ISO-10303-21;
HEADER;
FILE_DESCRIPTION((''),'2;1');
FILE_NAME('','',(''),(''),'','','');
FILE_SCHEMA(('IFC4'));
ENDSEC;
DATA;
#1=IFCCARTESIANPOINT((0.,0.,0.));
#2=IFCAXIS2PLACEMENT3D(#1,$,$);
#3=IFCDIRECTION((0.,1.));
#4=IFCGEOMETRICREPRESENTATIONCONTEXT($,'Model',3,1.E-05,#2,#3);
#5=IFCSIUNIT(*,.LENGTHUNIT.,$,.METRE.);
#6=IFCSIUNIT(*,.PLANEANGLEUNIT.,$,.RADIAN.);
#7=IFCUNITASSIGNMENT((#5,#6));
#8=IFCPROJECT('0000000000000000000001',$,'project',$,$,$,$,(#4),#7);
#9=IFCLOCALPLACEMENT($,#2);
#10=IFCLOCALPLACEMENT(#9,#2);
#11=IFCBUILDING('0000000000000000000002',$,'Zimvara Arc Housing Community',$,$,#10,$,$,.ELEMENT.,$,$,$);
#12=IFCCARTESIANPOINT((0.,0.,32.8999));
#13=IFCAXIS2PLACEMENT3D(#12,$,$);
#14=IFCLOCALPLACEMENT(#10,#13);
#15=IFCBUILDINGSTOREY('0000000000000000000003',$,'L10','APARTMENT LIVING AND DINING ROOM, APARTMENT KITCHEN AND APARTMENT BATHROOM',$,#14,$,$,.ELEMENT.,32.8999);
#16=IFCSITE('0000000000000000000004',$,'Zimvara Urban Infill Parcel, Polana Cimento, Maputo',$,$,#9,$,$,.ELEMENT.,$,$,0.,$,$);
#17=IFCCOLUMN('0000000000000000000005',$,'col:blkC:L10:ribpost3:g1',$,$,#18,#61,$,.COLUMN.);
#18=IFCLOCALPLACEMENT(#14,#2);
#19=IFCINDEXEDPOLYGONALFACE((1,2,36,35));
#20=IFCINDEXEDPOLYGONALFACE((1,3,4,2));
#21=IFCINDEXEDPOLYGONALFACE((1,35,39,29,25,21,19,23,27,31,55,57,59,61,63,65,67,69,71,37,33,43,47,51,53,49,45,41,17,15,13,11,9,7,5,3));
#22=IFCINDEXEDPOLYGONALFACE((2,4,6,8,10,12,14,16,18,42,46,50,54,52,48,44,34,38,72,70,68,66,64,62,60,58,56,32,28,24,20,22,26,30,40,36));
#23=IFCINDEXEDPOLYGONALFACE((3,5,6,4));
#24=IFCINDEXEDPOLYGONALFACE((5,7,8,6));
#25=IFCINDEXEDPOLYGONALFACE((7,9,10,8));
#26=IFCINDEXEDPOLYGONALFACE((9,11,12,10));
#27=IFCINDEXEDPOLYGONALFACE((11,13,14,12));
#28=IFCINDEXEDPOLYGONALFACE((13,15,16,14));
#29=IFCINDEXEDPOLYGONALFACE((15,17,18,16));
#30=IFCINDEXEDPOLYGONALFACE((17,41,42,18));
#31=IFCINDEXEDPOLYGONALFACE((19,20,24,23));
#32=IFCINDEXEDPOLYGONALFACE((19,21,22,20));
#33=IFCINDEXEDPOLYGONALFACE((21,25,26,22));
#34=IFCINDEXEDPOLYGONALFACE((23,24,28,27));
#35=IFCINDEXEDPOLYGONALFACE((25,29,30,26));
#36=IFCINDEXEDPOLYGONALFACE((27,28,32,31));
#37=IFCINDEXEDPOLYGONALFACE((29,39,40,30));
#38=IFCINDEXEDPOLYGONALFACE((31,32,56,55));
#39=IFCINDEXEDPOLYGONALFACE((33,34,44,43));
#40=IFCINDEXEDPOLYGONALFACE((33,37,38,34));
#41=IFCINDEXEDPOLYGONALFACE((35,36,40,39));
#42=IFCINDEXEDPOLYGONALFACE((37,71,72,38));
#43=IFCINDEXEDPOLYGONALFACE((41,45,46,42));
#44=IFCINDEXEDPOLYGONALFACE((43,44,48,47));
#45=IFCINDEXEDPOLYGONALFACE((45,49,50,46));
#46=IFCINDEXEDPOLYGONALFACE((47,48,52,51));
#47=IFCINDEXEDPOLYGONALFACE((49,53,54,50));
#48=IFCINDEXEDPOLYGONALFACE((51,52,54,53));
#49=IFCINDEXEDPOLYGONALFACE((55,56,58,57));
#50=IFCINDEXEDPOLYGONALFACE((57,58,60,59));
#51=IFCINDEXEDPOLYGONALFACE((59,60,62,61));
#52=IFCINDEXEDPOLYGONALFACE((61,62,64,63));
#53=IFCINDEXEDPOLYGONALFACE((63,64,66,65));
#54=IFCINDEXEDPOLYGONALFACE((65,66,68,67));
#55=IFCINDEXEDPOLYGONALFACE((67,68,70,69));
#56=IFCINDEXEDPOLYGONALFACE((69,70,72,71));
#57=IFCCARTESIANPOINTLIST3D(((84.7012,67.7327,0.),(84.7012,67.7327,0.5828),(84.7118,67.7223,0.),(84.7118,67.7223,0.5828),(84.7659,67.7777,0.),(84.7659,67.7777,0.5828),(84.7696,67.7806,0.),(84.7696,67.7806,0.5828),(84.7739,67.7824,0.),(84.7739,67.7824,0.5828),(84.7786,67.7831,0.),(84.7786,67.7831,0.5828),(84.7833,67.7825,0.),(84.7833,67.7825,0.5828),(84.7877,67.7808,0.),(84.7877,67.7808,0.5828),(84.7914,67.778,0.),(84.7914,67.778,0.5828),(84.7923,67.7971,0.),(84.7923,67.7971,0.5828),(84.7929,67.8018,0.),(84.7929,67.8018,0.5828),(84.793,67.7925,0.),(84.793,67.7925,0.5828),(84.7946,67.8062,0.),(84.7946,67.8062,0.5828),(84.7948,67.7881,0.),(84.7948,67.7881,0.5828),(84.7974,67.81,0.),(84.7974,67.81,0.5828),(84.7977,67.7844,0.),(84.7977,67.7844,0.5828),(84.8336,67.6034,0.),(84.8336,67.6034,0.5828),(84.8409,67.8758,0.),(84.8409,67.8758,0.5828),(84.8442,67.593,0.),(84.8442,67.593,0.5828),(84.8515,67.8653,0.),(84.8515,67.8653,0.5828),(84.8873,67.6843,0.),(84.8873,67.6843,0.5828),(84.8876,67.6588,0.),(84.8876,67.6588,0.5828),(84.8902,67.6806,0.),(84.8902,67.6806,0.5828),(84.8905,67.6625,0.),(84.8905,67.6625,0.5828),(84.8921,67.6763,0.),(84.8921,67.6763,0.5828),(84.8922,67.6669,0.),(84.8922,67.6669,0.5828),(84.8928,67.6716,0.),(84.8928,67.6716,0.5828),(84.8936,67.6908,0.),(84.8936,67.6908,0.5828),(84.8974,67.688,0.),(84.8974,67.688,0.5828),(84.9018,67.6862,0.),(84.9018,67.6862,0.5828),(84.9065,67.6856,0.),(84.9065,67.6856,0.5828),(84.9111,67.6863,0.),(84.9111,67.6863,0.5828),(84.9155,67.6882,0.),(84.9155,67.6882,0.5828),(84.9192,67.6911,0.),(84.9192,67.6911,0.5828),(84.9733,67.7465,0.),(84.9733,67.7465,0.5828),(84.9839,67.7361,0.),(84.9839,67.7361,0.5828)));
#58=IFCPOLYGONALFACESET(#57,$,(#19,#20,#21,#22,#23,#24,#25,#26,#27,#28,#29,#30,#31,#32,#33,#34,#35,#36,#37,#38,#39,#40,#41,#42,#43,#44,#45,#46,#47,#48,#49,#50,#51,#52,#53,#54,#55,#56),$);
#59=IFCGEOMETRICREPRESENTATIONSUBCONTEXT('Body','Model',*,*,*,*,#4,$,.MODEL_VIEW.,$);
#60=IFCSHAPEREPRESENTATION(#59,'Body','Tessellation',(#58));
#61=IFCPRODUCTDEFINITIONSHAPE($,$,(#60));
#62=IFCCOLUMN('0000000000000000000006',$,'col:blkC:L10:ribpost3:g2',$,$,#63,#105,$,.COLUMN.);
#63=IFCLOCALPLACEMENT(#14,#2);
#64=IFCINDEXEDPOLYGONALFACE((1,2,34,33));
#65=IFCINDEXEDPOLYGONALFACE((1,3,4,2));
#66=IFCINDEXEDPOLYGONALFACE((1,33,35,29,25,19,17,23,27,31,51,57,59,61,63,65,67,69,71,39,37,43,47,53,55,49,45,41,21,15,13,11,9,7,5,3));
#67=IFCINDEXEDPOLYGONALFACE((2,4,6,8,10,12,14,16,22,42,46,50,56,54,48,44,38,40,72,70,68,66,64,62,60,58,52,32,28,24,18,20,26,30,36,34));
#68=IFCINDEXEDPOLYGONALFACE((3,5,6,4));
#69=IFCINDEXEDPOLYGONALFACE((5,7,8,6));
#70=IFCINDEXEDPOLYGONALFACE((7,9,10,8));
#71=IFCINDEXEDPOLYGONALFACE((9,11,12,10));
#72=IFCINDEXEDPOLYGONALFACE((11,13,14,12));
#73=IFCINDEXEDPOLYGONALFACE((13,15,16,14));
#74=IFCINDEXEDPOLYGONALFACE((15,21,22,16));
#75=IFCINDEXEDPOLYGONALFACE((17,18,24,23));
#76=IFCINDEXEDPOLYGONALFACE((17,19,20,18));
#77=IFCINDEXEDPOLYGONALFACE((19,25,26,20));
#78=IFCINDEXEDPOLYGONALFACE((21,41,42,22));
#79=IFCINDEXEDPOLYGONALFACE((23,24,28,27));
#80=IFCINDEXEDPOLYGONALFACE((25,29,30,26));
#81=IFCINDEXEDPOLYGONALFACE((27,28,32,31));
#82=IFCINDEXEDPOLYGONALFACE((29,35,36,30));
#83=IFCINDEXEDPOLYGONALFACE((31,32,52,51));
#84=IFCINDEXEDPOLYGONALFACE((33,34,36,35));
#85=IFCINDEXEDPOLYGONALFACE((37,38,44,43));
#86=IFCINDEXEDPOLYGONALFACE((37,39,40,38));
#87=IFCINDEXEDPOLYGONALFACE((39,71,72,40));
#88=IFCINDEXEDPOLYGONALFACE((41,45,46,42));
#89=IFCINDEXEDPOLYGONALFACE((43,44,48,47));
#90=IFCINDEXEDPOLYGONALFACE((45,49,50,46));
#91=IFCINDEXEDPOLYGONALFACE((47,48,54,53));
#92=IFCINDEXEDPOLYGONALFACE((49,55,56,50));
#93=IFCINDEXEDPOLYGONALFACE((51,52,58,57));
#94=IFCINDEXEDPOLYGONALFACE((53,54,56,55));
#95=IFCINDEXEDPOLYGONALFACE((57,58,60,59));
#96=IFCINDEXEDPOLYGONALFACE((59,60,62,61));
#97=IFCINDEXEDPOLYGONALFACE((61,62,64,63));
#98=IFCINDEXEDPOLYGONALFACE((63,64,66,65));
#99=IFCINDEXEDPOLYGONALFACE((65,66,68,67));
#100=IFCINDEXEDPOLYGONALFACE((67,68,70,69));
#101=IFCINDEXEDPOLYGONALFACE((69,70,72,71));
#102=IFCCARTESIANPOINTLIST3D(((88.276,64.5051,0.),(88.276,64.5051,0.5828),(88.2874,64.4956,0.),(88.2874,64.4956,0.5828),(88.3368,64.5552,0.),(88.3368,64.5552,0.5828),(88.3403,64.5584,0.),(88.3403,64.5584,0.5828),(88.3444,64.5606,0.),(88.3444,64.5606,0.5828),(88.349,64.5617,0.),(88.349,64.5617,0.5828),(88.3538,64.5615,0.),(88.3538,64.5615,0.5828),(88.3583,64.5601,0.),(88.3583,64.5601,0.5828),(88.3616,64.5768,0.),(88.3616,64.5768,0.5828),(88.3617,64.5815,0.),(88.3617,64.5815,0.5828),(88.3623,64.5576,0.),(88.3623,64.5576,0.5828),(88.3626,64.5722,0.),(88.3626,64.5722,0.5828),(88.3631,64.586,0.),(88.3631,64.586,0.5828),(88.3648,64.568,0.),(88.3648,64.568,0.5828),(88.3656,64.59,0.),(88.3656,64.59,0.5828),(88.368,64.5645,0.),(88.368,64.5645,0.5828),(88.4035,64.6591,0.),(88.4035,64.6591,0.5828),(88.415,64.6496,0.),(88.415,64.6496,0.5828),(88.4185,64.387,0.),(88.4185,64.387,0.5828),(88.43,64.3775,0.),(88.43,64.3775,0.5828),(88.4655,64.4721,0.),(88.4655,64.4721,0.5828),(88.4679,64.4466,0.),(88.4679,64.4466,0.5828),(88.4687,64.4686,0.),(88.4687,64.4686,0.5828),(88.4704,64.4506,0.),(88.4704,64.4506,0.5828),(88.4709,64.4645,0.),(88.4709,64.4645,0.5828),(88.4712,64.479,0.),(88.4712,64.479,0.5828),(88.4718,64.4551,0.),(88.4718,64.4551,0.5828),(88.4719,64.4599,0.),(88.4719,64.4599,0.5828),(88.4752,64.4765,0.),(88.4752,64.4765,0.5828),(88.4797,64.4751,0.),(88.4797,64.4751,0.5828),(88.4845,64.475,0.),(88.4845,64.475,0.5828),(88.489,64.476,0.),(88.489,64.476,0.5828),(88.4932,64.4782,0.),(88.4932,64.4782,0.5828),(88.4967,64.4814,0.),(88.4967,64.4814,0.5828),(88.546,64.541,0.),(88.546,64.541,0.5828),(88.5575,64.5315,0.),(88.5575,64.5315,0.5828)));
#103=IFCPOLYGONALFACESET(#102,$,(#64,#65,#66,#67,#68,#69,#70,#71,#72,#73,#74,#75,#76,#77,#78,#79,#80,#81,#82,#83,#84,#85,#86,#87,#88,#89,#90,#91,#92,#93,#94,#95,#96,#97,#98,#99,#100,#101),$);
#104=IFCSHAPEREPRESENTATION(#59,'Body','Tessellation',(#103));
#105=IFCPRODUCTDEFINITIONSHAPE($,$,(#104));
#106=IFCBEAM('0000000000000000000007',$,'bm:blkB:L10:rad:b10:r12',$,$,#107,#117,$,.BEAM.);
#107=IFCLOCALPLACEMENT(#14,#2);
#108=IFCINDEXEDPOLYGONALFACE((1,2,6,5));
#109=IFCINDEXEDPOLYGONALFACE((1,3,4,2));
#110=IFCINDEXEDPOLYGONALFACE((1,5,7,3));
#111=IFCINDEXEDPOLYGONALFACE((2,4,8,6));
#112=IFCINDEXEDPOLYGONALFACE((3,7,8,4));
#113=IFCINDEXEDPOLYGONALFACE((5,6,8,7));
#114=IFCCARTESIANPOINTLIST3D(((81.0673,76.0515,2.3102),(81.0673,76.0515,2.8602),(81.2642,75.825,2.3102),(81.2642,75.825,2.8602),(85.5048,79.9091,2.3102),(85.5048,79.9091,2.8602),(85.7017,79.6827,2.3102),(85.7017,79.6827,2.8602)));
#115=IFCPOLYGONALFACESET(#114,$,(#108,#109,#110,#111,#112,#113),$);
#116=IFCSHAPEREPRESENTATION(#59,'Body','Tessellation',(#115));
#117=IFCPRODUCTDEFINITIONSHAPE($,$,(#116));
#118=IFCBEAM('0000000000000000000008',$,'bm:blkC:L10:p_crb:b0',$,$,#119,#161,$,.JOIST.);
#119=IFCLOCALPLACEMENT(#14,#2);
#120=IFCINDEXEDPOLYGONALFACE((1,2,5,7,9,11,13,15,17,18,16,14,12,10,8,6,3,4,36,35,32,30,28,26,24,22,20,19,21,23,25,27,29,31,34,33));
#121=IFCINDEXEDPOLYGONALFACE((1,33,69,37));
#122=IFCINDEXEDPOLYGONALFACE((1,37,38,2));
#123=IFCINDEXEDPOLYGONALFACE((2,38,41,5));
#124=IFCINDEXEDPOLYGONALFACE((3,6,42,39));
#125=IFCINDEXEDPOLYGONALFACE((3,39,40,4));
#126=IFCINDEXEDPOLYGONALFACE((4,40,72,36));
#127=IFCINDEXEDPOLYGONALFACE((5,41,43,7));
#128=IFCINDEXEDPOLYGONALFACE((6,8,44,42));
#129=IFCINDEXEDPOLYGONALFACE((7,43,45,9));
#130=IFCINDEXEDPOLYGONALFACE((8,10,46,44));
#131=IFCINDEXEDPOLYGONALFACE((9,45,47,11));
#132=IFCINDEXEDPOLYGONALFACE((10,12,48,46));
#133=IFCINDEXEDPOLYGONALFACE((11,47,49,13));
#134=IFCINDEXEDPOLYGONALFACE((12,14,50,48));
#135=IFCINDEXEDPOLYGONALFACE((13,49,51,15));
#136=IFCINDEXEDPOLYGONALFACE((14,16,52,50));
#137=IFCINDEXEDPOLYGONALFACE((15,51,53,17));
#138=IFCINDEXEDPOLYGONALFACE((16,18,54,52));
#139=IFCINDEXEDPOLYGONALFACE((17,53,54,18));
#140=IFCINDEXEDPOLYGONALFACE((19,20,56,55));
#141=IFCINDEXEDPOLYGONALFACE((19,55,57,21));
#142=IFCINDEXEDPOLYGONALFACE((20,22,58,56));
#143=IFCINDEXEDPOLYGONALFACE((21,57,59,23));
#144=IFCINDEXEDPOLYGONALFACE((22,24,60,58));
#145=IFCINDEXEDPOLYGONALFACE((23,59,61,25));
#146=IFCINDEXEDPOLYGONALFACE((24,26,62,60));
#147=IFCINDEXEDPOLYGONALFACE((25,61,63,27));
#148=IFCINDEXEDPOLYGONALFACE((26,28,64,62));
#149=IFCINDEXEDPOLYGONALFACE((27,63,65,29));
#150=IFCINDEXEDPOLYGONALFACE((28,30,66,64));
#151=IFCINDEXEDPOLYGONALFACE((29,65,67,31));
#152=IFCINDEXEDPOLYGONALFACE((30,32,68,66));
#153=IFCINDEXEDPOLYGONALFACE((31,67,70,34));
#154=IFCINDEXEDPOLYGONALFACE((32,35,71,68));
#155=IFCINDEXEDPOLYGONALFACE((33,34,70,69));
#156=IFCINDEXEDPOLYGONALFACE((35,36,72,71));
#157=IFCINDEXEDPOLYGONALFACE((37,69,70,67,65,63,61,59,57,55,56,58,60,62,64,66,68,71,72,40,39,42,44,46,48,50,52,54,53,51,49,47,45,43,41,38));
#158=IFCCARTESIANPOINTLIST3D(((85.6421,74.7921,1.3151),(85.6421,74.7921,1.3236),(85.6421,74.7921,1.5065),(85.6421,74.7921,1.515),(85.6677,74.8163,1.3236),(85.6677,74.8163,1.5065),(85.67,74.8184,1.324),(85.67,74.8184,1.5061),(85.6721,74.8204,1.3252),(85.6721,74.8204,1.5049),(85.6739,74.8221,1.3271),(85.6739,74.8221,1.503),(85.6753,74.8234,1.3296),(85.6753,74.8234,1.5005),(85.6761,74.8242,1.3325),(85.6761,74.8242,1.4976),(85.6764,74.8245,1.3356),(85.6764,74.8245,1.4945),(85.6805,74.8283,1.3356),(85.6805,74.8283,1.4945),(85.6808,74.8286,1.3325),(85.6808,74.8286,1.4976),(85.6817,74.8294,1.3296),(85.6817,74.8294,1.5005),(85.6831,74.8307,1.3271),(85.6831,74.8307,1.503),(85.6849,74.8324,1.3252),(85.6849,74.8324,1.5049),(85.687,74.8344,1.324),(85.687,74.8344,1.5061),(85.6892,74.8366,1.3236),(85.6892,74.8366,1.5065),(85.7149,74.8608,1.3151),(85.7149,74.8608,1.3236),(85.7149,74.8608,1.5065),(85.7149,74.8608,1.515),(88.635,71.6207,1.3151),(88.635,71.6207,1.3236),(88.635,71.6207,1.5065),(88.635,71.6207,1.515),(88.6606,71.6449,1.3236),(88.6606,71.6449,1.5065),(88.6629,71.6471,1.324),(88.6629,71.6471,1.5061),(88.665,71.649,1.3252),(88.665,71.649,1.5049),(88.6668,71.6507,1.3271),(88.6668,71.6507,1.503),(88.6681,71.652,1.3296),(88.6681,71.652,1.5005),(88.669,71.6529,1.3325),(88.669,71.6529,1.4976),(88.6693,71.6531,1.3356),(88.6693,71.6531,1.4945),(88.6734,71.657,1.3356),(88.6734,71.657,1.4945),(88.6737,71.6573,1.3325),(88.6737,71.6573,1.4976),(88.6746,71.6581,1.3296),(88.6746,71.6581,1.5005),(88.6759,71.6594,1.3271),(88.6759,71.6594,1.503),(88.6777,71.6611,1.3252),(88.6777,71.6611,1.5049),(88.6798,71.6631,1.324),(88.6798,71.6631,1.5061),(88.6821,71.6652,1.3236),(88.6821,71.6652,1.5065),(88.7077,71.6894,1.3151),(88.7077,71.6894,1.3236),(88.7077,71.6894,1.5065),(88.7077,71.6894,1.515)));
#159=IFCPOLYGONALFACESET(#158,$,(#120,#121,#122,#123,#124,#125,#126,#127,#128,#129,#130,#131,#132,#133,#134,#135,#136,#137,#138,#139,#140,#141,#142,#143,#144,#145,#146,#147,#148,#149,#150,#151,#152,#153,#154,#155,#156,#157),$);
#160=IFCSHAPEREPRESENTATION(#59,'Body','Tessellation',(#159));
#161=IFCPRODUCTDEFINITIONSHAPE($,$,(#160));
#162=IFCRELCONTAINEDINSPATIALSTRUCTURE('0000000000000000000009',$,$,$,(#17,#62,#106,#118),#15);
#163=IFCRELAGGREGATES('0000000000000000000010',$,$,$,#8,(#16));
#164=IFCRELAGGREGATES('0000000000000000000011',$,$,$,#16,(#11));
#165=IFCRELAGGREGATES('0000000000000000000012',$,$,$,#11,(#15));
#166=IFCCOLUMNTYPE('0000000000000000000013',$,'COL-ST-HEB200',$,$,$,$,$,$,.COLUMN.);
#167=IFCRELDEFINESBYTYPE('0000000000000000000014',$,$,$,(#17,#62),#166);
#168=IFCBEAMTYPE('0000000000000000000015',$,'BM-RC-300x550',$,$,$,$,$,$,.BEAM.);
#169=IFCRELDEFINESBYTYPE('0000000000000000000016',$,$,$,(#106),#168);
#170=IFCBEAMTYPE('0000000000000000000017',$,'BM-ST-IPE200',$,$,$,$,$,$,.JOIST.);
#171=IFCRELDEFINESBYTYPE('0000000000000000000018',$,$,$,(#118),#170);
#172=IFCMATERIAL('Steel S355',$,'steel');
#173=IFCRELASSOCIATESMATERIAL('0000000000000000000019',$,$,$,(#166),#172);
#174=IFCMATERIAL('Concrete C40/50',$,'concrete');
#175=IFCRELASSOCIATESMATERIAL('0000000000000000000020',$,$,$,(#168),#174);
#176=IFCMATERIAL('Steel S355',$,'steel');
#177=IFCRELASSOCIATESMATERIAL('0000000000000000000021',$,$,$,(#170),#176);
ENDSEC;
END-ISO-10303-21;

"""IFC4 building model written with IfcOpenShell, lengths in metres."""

from ifc_helpers import new_model, si_unit, direction, frame, origin, origin_2d, place, context, subcontext, project, spatial, rectangle, i_section, extrude, material, material_profile, profile_set, type_object, element, save


model = new_model("IFC4")

# Units and contexts
model_context = context("Model", 3, precision=1e-05, world=origin(), true_north=direction((0.0, 1.0)))
body_context = subcontext(model_context, "Body", "Model", "MODEL_VIEW")
ifc_project = project(units=[si_unit("LENGTHUNIT", "METRE"), si_unit("PLANEANGLEUNIT", "RADIAN")], contexts=[model_context])

# Site, building, storey
site_placement = place(None, origin())
site = spatial("IfcSite", under=ifc_project, at=site_placement, Name="Zimvara Urban Infill Parcel, Polana Cimento, Maputo", CompositionType="ELEMENT", RefElevation=0.0)
building_placement = place(site_placement, origin())
building = spatial("IfcBuilding", under=site, at=building_placement, Name="Zimvara Arc Housing Community", CompositionType="ELEMENT")
storey_placement = place(building_placement, frame((0.0, 0.0, 32.8999)))
storey = spatial("IfcBuildingStorey", under=building, at=storey_placement, Name="L10", Description="APARTMENT LIVING AND DINING ROOM, APARTMENT KITCHEN AND APARTMENT BATHROOM", CompositionType="ELEMENT", Elevation=32.8999)

# Columns
ifc_material_1 = material(Name="Steel S355", Category="steel")
ifc_material_profile_1 = material_profile(ifc_material_1, i_section(OverallWidth=0.2, OverallDepth=0.2, WebThickness=0.009, FlangeThickness=0.0149, FilletRadius=0.0181, at=origin_2d()), Name="HEB 200")
ifc_profile_set_1 = profile_set([ifc_material_profile_1], Name="Steel S355")
column_type_1 = type_object("IfcColumnType", Name="COL-ST-HEB200", PredefinedType="COLUMN", material=ifc_profile_set_1)
for number, where, z_axis, x_axis, name in (
    (1, (84.8425, 67.7344, 0.0), (0.0, 0.0, 1.0), (-0.698665, -0.715449, 0.0), "col:blkC:L10:ribpost3:g1"),
    (2, (88.4167, 64.5183, 0.0), (0.0, 0.0, 1.0), (-0.637962, -0.770068, 0.0), "col:blkC:L10:ribpost3:g2"),
):
    element("IfcColumn", number, at=place(storey_placement, frame(where, z_axis=z_axis, x_axis=x_axis)), inside=storey, type_object=column_type_1, Name=name, PredefinedType="COLUMN", context=body_context, shape_type="SweptSolid", body=[
        extrude(i_section(OverallWidth=0.2, OverallDepth=0.2, WebThickness=0.009, FlangeThickness=0.0149, FilletRadius=0.0181, at=origin_2d()), origin(), (0.0, 0.0, 1.0), 0.5828),
    ])

# Beams
ifc_material_2 = material(Name="Concrete C40/50", Category="concrete")
ifc_material_profile_2 = material_profile(ifc_material_2, rectangle(XDim=0.3, YDim=0.55, at=origin_2d()), Name="RC 300x550")
ifc_profile_set_2 = profile_set([ifc_material_profile_2], Name="Concrete C40/50")
beam_type_1 = type_object("IfcBeamType", Name="BM-RC-300x550", PredefinedType="BEAM", material=ifc_profile_set_2)
beam_1_placement = place(storey_placement, frame((81.1658, 75.9382, 2.5852), z_axis=(0.754692, 0.656079, 0.0), x_axis=(-0.656079, 0.754692, 0.0)))
element("IfcBeam", 3, at=beam_1_placement, inside=storey, type_object=beam_type_1, Name="bm:blkB:L10:rad:b10:r12", PredefinedType="BEAM", context=body_context, shape_type="SweptSolid", body=[
    extrude(rectangle(XDim=0.3, YDim=0.55, at=origin_2d()), origin(), (0.0, 0.0, 1.0), 5.8799),
])
ifc_material_3 = material(Name="Steel S355", Category="steel")
ifc_material_profile_3 = material_profile(ifc_material_3, i_section(OverallWidth=0.1001, OverallDepth=0.2, WebThickness=0.0056, FlangeThickness=0.0085, FilletRadius=0.012, at=origin_2d()), Name="IPE 200")
ifc_profile_set_3 = profile_set([ifc_material_profile_3], Name="Steel S355")
beam_type_2 = type_object("IfcBeamType", Name="BM-ST-IPE200", PredefinedType="JOIST", material=ifc_profile_set_3)
beam_2_placement = place(storey_placement, frame((85.6785, 74.8264, 1.415), z_axis=(0.686347, -0.727274, 0.0), x_axis=(0.727274, 0.686347, 0.0)))
element("IfcBeam", 4, at=beam_2_placement, inside=storey, type_object=beam_type_2, Name="bm:blkC:L10:p_crb:b0", PredefinedType="JOIST", context=body_context, shape_type="SweptSolid", body=[
    extrude(i_section(OverallWidth=0.1001, OverallDepth=0.2, WebThickness=0.0056, FlangeThickness=0.0085, FilletRadius=0.012, at=origin_2d()), origin(), (0.0, 0.0, 1.0), 4.3606),
])

save(model, "model.ifc")
